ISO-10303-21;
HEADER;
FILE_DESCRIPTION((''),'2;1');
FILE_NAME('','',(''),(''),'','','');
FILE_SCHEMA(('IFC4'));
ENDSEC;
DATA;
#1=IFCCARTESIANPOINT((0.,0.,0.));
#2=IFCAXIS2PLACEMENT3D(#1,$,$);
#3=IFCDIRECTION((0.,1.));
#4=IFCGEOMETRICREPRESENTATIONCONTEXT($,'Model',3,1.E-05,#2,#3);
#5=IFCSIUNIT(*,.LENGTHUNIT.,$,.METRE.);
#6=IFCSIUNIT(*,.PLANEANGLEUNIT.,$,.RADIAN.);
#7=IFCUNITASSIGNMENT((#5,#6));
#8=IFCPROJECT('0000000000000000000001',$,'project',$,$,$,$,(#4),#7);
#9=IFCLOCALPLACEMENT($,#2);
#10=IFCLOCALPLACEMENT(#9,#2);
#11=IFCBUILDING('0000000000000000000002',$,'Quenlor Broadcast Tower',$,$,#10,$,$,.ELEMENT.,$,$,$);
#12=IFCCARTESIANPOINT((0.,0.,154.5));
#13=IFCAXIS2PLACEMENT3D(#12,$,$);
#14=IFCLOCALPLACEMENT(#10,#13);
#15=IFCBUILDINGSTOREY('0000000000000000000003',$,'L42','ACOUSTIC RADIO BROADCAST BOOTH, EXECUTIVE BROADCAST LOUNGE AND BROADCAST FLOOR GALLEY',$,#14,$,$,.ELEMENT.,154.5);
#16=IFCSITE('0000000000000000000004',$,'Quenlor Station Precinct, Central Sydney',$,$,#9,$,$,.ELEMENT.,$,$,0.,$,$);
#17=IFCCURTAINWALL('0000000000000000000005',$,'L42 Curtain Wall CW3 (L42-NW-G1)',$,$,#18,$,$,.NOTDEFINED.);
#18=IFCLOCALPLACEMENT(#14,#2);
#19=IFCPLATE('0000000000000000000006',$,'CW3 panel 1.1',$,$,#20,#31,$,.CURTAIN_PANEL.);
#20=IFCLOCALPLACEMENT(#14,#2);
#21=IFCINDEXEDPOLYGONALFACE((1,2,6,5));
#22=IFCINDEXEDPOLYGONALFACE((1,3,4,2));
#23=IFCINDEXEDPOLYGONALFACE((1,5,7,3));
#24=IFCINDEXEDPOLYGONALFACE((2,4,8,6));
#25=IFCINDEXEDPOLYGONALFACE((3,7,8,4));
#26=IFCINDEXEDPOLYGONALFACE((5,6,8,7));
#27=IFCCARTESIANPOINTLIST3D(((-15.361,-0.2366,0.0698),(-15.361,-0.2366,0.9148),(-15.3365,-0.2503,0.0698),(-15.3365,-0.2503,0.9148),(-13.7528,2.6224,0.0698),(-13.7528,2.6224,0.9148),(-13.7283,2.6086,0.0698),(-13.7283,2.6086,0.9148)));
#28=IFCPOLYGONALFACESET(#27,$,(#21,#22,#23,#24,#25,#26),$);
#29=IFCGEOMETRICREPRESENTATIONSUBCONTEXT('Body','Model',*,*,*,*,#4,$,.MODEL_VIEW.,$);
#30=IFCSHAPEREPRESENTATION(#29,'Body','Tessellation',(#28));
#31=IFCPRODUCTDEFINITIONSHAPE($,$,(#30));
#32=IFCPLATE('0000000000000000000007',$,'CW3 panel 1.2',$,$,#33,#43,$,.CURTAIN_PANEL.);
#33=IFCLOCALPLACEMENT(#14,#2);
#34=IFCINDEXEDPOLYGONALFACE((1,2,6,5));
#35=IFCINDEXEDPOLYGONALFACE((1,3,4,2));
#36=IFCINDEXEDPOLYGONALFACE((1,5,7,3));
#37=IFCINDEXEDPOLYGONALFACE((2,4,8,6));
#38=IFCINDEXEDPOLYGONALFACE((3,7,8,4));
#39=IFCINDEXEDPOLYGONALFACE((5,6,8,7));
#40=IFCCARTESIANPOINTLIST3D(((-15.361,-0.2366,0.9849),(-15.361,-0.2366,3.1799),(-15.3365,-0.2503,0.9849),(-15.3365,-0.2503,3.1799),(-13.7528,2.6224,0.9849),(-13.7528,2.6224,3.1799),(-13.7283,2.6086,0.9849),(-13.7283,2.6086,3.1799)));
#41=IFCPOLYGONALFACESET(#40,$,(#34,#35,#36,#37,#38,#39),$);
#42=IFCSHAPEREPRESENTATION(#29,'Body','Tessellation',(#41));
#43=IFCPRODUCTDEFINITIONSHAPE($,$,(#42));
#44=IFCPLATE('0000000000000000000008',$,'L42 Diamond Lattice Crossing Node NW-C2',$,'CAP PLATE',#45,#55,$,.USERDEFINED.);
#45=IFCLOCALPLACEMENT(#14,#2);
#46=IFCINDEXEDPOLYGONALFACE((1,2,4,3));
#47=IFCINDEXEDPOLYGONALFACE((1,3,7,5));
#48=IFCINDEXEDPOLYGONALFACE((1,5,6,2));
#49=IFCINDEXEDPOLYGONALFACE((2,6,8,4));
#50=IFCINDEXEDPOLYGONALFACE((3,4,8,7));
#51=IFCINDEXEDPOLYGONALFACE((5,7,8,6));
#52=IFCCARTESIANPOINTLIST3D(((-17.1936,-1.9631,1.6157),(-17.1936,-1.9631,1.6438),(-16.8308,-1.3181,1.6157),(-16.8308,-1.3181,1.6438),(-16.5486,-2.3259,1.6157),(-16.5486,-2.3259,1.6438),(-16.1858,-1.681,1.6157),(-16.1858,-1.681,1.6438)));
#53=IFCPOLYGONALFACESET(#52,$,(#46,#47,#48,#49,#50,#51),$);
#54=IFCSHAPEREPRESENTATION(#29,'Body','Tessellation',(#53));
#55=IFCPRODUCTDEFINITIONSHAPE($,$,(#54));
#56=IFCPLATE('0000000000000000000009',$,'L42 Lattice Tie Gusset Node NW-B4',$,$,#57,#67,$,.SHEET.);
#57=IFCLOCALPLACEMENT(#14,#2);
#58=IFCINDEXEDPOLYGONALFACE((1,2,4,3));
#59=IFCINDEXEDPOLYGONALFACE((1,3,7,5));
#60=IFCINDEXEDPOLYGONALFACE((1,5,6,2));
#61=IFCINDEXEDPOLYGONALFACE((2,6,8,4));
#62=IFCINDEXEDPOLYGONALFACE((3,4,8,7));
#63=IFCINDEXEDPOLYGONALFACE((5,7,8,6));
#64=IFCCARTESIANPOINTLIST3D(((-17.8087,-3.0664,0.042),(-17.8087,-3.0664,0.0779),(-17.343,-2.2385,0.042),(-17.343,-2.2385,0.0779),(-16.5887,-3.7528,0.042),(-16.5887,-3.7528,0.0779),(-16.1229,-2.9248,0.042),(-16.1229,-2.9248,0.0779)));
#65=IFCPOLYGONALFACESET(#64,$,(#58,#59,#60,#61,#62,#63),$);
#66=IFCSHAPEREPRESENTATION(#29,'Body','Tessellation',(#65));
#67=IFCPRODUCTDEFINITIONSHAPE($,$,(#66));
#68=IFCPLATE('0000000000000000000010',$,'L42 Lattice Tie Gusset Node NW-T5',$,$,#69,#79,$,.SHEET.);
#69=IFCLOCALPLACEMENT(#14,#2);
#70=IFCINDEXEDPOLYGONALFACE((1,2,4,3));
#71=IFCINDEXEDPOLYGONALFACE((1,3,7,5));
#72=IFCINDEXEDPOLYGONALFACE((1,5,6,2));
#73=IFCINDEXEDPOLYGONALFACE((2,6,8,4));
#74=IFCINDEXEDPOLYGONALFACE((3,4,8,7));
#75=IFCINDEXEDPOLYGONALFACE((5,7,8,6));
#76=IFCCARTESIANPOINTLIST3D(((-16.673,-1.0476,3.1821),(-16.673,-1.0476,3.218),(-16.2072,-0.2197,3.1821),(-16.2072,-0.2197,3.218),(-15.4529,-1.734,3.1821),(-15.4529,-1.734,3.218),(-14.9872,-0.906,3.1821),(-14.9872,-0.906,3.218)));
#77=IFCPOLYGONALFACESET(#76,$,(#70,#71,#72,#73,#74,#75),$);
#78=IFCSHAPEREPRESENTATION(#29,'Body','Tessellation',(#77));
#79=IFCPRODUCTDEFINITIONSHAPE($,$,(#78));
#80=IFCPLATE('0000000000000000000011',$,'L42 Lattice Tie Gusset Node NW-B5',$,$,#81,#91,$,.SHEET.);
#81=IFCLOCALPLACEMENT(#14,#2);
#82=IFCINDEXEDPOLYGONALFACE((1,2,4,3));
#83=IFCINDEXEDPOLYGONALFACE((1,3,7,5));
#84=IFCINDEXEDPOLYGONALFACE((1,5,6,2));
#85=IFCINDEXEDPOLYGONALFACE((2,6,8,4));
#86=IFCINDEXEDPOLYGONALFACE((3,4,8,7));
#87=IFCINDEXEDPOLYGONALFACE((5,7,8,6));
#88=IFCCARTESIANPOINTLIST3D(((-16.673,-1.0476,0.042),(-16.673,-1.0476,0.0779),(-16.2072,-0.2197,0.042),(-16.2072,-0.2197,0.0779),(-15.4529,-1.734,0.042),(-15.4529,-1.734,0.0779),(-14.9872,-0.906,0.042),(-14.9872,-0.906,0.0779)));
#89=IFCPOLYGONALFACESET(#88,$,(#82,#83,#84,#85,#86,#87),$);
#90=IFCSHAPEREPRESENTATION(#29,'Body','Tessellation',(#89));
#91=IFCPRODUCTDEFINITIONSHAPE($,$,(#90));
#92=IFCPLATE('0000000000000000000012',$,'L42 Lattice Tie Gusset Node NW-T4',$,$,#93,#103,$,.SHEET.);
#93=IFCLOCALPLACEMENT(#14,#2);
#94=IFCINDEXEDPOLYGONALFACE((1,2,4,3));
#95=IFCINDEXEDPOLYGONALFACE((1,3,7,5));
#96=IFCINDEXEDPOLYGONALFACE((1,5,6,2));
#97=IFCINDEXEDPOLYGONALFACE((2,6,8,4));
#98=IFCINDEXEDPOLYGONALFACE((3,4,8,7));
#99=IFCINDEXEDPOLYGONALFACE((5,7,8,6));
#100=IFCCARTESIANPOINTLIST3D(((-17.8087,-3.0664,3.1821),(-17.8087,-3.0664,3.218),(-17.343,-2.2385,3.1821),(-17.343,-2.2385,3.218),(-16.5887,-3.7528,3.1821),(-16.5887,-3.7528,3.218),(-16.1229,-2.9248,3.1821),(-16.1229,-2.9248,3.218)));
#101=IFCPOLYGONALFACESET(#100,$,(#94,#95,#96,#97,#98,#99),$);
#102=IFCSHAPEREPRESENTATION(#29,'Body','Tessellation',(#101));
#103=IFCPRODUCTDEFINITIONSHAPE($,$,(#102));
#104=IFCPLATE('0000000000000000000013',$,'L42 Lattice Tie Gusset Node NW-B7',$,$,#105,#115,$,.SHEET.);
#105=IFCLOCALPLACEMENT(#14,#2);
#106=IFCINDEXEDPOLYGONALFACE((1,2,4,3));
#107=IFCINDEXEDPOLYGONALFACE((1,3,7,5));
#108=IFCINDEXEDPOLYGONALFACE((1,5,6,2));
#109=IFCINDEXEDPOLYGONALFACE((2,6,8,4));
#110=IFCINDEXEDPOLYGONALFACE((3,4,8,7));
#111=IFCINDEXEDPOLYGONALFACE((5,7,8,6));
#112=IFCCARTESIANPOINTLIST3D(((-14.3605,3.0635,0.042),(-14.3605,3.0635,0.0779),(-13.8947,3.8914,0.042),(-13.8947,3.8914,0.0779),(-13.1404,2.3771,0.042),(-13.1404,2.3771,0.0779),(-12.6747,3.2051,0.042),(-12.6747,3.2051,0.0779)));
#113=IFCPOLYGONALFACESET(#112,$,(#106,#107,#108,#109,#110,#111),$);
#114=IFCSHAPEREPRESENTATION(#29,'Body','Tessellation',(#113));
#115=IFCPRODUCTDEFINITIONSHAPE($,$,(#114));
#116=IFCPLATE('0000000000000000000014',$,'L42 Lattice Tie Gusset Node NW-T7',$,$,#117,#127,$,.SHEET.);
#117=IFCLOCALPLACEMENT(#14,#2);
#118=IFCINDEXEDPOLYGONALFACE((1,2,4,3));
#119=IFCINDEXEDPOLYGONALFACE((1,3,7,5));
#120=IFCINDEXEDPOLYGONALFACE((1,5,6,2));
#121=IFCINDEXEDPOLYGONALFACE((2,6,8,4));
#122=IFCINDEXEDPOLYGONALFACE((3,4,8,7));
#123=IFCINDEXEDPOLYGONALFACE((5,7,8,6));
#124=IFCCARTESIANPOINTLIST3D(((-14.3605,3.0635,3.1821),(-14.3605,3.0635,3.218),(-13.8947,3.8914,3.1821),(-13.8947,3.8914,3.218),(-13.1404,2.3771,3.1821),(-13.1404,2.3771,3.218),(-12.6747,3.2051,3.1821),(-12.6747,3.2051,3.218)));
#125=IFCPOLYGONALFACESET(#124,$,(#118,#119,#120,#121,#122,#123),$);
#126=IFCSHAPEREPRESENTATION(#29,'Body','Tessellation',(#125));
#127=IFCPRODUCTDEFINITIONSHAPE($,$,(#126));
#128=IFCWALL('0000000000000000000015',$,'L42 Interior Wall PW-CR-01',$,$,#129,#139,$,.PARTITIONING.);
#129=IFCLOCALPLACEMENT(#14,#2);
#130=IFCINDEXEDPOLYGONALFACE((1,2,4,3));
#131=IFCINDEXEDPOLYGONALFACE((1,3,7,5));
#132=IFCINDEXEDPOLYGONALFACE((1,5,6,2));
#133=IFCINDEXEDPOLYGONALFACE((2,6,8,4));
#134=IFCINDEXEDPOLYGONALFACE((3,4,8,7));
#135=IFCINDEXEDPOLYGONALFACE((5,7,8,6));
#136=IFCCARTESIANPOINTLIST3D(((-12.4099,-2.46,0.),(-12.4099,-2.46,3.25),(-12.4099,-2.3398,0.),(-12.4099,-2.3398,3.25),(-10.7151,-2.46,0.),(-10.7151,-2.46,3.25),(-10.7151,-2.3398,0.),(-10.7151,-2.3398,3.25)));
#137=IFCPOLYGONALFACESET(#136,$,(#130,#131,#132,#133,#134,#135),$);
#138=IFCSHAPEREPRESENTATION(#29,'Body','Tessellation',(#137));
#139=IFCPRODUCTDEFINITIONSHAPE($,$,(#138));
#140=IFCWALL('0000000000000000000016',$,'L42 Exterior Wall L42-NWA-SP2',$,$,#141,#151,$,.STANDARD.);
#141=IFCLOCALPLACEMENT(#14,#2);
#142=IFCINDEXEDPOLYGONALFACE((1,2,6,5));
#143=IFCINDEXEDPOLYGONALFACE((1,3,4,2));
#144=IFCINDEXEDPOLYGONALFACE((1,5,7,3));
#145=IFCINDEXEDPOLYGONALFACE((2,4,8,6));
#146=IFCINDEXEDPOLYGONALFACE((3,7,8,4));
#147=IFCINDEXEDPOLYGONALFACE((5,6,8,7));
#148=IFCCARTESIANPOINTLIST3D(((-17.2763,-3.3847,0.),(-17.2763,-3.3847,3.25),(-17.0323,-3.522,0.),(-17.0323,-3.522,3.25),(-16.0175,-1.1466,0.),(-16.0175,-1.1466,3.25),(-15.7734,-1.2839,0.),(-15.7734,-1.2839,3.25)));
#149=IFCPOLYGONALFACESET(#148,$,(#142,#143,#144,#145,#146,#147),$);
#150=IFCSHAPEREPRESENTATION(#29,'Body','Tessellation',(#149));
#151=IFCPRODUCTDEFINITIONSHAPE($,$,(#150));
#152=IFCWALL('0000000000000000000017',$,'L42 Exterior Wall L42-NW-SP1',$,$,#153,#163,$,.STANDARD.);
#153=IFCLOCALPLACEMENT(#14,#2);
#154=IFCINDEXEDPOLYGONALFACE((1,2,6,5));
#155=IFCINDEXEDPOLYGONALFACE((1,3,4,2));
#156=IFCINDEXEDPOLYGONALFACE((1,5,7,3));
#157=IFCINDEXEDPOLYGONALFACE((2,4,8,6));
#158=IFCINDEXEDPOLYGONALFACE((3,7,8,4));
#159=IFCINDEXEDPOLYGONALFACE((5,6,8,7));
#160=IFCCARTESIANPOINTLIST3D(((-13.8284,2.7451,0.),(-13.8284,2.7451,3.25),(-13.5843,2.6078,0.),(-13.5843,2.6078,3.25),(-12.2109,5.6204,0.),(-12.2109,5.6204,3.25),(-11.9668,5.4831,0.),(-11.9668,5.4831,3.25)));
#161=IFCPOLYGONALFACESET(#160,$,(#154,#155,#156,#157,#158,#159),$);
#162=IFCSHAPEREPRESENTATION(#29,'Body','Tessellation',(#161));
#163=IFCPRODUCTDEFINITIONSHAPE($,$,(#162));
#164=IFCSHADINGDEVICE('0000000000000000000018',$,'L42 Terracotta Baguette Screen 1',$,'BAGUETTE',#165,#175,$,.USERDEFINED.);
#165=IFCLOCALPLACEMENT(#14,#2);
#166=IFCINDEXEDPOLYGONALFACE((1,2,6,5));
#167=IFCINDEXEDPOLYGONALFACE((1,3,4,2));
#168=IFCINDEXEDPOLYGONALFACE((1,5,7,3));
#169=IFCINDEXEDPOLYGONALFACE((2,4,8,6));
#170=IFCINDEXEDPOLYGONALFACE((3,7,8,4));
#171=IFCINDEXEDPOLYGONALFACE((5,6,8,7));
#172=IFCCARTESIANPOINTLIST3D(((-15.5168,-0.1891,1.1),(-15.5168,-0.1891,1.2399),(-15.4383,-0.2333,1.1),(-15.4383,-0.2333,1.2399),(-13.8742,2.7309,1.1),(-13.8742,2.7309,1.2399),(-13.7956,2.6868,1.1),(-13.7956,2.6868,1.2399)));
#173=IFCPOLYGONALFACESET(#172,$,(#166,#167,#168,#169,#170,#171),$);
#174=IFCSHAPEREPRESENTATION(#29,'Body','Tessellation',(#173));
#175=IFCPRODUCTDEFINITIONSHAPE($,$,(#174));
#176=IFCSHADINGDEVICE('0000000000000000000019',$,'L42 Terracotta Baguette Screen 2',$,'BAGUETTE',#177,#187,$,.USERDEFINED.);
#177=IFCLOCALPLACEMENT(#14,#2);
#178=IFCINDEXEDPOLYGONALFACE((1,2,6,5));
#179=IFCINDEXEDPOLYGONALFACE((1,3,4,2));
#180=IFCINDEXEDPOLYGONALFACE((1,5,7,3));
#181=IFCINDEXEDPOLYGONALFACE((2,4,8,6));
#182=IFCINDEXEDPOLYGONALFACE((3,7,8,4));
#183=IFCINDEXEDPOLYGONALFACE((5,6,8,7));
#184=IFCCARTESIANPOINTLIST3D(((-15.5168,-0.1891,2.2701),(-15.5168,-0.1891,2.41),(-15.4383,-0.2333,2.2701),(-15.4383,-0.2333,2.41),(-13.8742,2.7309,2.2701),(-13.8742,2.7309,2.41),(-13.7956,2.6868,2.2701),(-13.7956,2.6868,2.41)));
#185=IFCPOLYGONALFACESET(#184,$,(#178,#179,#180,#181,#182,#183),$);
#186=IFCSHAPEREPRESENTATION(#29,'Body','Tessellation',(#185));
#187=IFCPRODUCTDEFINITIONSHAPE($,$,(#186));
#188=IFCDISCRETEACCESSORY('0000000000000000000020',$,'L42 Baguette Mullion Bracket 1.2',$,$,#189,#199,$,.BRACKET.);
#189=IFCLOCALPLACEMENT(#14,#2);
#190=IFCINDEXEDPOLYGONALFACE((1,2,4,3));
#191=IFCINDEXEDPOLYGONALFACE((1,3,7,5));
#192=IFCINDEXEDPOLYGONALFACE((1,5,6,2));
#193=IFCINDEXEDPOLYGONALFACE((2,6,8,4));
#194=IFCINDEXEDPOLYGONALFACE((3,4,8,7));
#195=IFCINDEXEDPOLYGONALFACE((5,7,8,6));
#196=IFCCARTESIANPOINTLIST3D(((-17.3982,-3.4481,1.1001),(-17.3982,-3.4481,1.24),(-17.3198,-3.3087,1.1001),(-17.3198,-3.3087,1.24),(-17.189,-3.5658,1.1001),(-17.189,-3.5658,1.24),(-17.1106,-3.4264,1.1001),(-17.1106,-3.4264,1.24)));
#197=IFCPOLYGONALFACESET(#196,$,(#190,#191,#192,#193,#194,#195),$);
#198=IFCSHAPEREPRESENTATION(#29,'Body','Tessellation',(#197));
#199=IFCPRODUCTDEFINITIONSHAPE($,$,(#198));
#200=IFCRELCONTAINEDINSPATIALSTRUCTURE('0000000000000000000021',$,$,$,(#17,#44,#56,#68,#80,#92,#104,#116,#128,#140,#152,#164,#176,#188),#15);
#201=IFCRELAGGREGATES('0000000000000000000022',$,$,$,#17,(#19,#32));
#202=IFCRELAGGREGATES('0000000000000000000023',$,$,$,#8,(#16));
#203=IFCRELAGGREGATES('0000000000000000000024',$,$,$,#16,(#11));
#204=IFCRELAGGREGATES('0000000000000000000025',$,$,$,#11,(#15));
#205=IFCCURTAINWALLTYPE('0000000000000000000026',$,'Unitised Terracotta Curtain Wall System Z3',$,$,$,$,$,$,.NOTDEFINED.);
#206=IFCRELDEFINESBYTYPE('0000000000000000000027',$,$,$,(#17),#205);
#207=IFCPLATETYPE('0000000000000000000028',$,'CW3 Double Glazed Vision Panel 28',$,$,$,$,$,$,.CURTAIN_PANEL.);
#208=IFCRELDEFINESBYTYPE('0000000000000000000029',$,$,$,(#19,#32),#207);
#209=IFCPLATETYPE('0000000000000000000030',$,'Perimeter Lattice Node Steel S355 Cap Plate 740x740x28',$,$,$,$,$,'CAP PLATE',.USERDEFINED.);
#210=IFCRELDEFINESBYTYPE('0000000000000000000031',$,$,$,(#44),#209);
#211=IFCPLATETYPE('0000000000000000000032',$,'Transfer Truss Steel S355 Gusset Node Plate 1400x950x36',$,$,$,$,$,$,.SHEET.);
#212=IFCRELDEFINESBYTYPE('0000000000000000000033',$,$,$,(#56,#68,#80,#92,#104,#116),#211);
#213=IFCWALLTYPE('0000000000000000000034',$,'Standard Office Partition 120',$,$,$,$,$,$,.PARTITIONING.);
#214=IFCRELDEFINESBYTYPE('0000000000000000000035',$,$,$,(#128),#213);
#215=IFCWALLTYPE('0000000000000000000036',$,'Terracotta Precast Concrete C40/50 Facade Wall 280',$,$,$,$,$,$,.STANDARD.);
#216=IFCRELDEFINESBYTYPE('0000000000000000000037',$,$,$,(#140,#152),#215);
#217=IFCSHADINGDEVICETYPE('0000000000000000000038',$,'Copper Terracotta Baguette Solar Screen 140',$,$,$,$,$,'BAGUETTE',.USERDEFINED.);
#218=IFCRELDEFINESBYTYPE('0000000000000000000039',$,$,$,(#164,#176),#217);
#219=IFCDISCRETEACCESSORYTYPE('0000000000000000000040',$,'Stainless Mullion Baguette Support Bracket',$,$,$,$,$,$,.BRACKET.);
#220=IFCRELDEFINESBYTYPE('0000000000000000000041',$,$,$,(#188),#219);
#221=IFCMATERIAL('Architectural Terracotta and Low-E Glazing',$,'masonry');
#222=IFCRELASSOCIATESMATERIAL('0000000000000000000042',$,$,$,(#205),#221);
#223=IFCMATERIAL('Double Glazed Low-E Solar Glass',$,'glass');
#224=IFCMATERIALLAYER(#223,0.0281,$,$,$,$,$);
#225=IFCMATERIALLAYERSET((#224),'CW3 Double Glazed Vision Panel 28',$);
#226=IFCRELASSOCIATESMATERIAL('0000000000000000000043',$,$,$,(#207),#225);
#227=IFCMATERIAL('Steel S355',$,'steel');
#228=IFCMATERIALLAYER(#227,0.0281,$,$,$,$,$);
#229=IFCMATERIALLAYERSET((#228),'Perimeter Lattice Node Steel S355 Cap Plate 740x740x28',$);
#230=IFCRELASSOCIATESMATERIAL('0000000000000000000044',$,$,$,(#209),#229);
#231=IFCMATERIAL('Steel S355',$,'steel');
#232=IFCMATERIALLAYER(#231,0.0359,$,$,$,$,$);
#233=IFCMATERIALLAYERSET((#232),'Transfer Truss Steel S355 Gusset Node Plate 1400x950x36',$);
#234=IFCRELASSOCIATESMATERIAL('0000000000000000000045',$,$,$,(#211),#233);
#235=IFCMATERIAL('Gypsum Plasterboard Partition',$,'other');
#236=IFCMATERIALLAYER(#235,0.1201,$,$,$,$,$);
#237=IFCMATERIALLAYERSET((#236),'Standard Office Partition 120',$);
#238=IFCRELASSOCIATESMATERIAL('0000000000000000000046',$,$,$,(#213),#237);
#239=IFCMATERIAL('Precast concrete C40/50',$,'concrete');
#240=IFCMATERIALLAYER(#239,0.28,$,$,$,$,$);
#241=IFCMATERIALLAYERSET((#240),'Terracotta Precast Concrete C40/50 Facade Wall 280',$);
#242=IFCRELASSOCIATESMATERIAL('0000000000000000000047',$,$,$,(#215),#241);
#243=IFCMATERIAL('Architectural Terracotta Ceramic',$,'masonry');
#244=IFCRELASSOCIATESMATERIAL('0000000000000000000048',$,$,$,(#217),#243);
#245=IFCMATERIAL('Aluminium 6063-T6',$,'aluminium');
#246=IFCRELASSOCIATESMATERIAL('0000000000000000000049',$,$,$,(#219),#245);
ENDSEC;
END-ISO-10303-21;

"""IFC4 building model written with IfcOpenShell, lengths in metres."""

from ifc_helpers import new_model, si_unit, direction, frame, frame_2d, origin, origin_2d, place, context, subcontext, project, spatial, rectangle, extrude, material, layer, layer_set, material_profile, profile_set, type_object, element, aggregate, save


model = new_model("IFC4")

# Units and contexts
model_context = context("Model", 3, precision=1e-05, world=origin(), true_north=direction((0.0, 1.0)))
body_context = subcontext(model_context, "Body", "Model", "MODEL_VIEW")
ifc_project = project(units=[si_unit("LENGTHUNIT", "METRE"), si_unit("PLANEANGLEUNIT", "RADIAN")], contexts=[model_context])

# Site, building, storey
site_placement = place(None, origin())
site = spatial("IfcSite", under=ifc_project, at=site_placement, Name="Quenlor Station Precinct, Central Sydney", CompositionType="ELEMENT", RefElevation=0.0)
building_placement = place(site_placement, origin())
building = spatial("IfcBuilding", under=site, at=building_placement, Name="Quenlor Broadcast Tower", CompositionType="ELEMENT")
storey_placement = place(building_placement, frame((0.0, 0.0, 154.5)))
storey = spatial("IfcBuildingStorey", under=building, at=storey_placement, Name="L42", Description="ACOUSTIC RADIO BROADCAST BOOTH, EXECUTIVE BROADCAST LOUNGE AND BROADCAST FLOOR GALLEY", CompositionType="ELEMENT", Elevation=154.5)

# Shared definitions
ifc_material_1 = material(Name="Architectural Terracotta and Low-E Glazing", Category="masonry")
curtain_wall_type = type_object("IfcCurtainWallType", Name="Unitised Terracotta Curtain Wall System Z3", PredefinedType="NOTDEFINED", material=ifc_material_1)

# Curtain wall
curtain_wall_1_placement = place(storey_placement, origin())
curtain_wall_1 = element("IfcCurtainWall", 1, at=curtain_wall_1_placement, inside=storey, type_object=curtain_wall_type, Name="L42 Curtain Wall CW3 (L42-NW-G1)", PredefinedType="NOTDEFINED")

# Plates
ifc_material_2 = material(Name="Double Glazed Low-E Solar Glass", Category="glass")
ifc_layer_1 = layer(ifc_material_2, 0.0281)
ifc_layer_set_1 = layer_set([ifc_layer_1], Name="CW3 Double Glazed Vision Panel 28")
plate_type_1 = type_object("IfcPlateType", Name="CW3 Double Glazed Vision Panel 28", PredefinedType="CURTAIN_PANEL", material=ifc_layer_set_1)
plate_1_placement = place(storey_placement, frame((-14.5447, 1.186, 0.0698), z_axis=(0.0, 0.0, 1.0), x_axis=(0.490268, 0.871572, 0.0)))
plate_1 = element("IfcPlate", 2, at=plate_1_placement, type_object=plate_type_1, Name="CW3 panel 1.1", PredefinedType="CURTAIN_PANEL", context=body_context, shape_type="SweptSolid", body=[
    extrude(rectangle(XDim=3.2803, YDim=0.0281, at=origin_2d()), origin(), (0.0, 0.0, 1.0), 0.845),
])
plate_2_placement = place(storey_placement, frame((-14.5447, 1.186, 0.9849), z_axis=(0.0, 0.0, 1.0), x_axis=(0.490268, 0.871572, 0.0)))
plate_2 = element("IfcPlate", 3, at=plate_2_placement, type_object=plate_type_1, Name="CW3 panel 1.2", PredefinedType="CURTAIN_PANEL", context=body_context, shape_type="SweptSolid", body=[
    extrude(rectangle(XDim=3.2803, YDim=0.0281, at=origin_2d()), origin(), (0.0, 0.0, 1.0), 2.1951),
])
aggregate(curtain_wall_1, [plate_1, plate_2])

# Plates
ifc_material_3 = material(Name="Steel S355", Category="steel")
ifc_layer_2 = layer(ifc_material_3, 0.0281)
ifc_layer_set_2 = layer_set([ifc_layer_2], Name="Perimeter Lattice Node Steel S355 Cap Plate 740x740x28")
plate_type_2 = type_object("IfcPlateType", Name="Perimeter Lattice Node Steel S355 Cap Plate 740x740x28", ElementType="CAP PLATE", PredefinedType="USERDEFINED", material=ifc_layer_set_2)
plate_3_placement = place(storey_placement, frame((-16.6897, -1.822, 1.6157), z_axis=(0.0, 0.0, 1.0), x_axis=(0.490295, 0.871556, 0.0)))
element("IfcPlate", 4, at=plate_3_placement, inside=storey, type_object=plate_type_2, Name="L42 Diamond Lattice Crossing Node NW-C2", ObjectType="CAP PLATE", PredefinedType="USERDEFINED", context=body_context, shape_type="SweptSolid", body=[
    extrude(rectangle(XDim=0.74, YDim=0.74, at=origin_2d()), origin(), (0.0, 0.0, 1.0), 0.0281),
])
ifc_material_4 = material(Name="Steel S355", Category="steel")
ifc_layer_3 = layer(ifc_material_4, 0.0359)
ifc_layer_set_3 = layer_set([ifc_layer_3], Name="Transfer Truss Steel S355 Gusset Node Plate 1400x950x36")
plate_type_3 = type_object("IfcPlateType", Name="Transfer Truss Steel S355 Gusset Node Plate 1400x950x36", PredefinedType="SHEET", material=ifc_layer_set_3)
for number, where, z_axis, x_axis, name in (
    (5, (-16.9658, -2.9956, 0.042), (0.0, 0.0, 1.0), (-0.871556, 0.490295, 0.0), "L42 Lattice Tie Gusset Node NW-B4"),
    (6, (-15.8301, -0.9768, 3.1821), (0.0, 0.0, 1.0), (-0.871556, 0.490295, 0.0), "L42 Lattice Tie Gusset Node NW-T5"),
    (7, (-15.8301, -0.9768, 0.042), (0.0, 0.0, 1.0), (-0.871556, 0.490295, 0.0), "L42 Lattice Tie Gusset Node NW-B5"),
    (8, (-16.9658, -2.9956, 3.1821), (0.0, 0.0, 1.0), (-0.871556, 0.490295, 0.0), "L42 Lattice Tie Gusset Node NW-T4"),
    (9, (-13.5176, 3.1343, 0.042), (0.0, 0.0, 1.0), (-0.871556, 0.490295, 0.0), "L42 Lattice Tie Gusset Node NW-B7"),
    (10, (-13.5176, 3.1343, 3.1821), (0.0, 0.0, 1.0), (-0.871556, 0.490295, 0.0), "L42 Lattice Tie Gusset Node NW-T7"),
):
    element("IfcPlate", number, at=place(storey_placement, frame(where, z_axis=z_axis, x_axis=x_axis)), inside=storey, type_object=plate_type_3, Name=name, PredefinedType="SHEET", context=body_context, shape_type="SweptSolid", body=[
        extrude(rectangle(XDim=1.3999, YDim=0.95, at=origin_2d()), origin(), (0.0, 0.0, 1.0), 0.0359),
    ])

# Walls
ifc_material_5 = material(Name="Gypsum Plasterboard Partition", Category="other")
ifc_layer_4 = layer(ifc_material_5, 0.1201)
ifc_layer_set_4 = layer_set([ifc_layer_4], Name="Standard Office Partition 120")
wall_type_1 = type_object("IfcWallType", Name="Standard Office Partition 120", PredefinedType="PARTITIONING", material=ifc_layer_set_4)
wall_1_placement = place(storey_placement, frame((-12.4099, -2.3999, 0.0), z_axis=(0.0, 0.0, 1.0), x_axis=(1.0, 0.0, 0.0)))
element("IfcWall", 11, at=wall_1_placement, inside=storey, type_object=wall_type_1, Name="L42 Interior Wall PW-CR-01", PredefinedType="PARTITIONING", context=body_context, shape_type="SweptSolid", body=[
    extrude(rectangle(XDim=1.6948, YDim=0.1201, at=frame_2d((0.8474, 0.0))), origin(), (0.0, 0.0, 1.0), 3.25),
])
ifc_material_6 = material(Name="Precast concrete C40/50", Category="concrete")
ifc_layer_5 = layer(ifc_material_6, 0.28)
ifc_layer_set_5 = layer_set([ifc_layer_5], Name="Terracotta Precast Concrete C40/50 Facade Wall 280")
wall_type_2 = type_object("IfcWallType", Name="Terracotta Precast Concrete C40/50 Facade Wall 280", PredefinedType="STANDARD", material=ifc_layer_set_5)
wall_2_placement = place(storey_placement, frame((-17.1543, -3.4534, 0.0), z_axis=(0.0, 0.0, 1.0), x_axis=(0.49023, 0.871593, 0.0)))
element("IfcWall", 12, at=wall_2_placement, inside=storey, type_object=wall_type_2, Name="L42 Exterior Wall L42-NWA-SP2", PredefinedType="STANDARD", context=body_context, shape_type="SweptSolid", body=[
    extrude(rectangle(XDim=2.5679, YDim=0.28, at=frame_2d((1.2839, 0.0))), origin(), (0.0, 0.0, 1.0), 3.25),
])
wall_3_placement = place(storey_placement, frame((-13.7063, 2.6765, 0.0), z_axis=(0.0, 0.0, 1.0), x_axis=(0.490286, 0.871562, 0.0)))
element("IfcWall", 13, at=wall_3_placement, inside=storey, type_object=wall_type_2, Name="L42 Exterior Wall L42-NW-SP1", PredefinedType="STANDARD", context=body_context, shape_type="SweptSolid", body=[
    extrude(rectangle(XDim=3.2991, YDim=0.28, at=frame_2d((1.6494, 0.0))), origin(), (0.0, 0.0, 1.0), 3.25),
])

# Shading devices
ifc_material_7 = material(Name="Architectural Terracotta Ceramic", Category="masonry")
ifc_material_profile_1 = material_profile(ifc_material_7, rectangle(XDim=0.0901, YDim=0.1399, at=origin_2d()))
ifc_profile_set_1 = profile_set([ifc_material_profile_1], Name="Architectural Terracotta Ceramic BAG90x140")
shading_device_type = type_object("IfcShadingDeviceType", Name="Copper Terracotta Baguette Solar Screen 140", ElementType="BAGUETTE", PredefinedType="USERDEFINED", material=ifc_profile_set_1)
for number, where, z_axis, x_axis, name in (
    (14, (-15.4775, -0.2112, 1.1699), (0.490289, 0.87156, 0.0), (-0.87156, 0.490289, 0.0), "L42 Terracotta Baguette Screen 1"),
    (15, (-15.4775, -0.2112, 2.3401), (0.490289, 0.87156, 0.0), (-0.87156, 0.490289, 0.0), "L42 Terracotta Baguette Screen 2"),
):
    element("IfcShadingDevice", number, at=place(storey_placement, frame(where, z_axis=z_axis, x_axis=x_axis)), inside=storey, type_object=shading_device_type, Name=name, ObjectType="BAGUETTE", PredefinedType="USERDEFINED", context=body_context, shape_type="SweptSolid", body=[
        extrude(rectangle(XDim=0.0901, YDim=0.1399, at=origin_2d()), origin(), (0.0, 0.0, 1.0), 3.3503),
    ])

# Discrete accessory
ifc_material_8 = material(Name="Aluminium 6063-T6", Category="aluminium")
discrete_accessory_type = type_object("IfcDiscreteAccessoryType", Name="Stainless Mullion Baguette Support Bracket", PredefinedType="BRACKET", material=ifc_material_8)
for number, where, z_axis, x_axis, name in (
    (16, (-17.2544, -3.4373, 1.1001), (0.0, 0.0, 1.0), (0.490259, 0.871577, 0.0), "L42 Baguette Mullion Bracket 1.2"),
):
    element("IfcDiscreteAccessory", number, at=place(storey_placement, frame(where, z_axis=z_axis, x_axis=x_axis)), inside=storey, type_object=discrete_accessory_type, Name=name, PredefinedType="BRACKET", context=body_context, shape_type="SweptSolid", body=[
        extrude(rectangle(XDim=0.1599, YDim=0.24, at=origin_2d()), origin(), (0.0, 0.0, 1.0), 0.1399),
    ])

save(model, "model.ifc")
